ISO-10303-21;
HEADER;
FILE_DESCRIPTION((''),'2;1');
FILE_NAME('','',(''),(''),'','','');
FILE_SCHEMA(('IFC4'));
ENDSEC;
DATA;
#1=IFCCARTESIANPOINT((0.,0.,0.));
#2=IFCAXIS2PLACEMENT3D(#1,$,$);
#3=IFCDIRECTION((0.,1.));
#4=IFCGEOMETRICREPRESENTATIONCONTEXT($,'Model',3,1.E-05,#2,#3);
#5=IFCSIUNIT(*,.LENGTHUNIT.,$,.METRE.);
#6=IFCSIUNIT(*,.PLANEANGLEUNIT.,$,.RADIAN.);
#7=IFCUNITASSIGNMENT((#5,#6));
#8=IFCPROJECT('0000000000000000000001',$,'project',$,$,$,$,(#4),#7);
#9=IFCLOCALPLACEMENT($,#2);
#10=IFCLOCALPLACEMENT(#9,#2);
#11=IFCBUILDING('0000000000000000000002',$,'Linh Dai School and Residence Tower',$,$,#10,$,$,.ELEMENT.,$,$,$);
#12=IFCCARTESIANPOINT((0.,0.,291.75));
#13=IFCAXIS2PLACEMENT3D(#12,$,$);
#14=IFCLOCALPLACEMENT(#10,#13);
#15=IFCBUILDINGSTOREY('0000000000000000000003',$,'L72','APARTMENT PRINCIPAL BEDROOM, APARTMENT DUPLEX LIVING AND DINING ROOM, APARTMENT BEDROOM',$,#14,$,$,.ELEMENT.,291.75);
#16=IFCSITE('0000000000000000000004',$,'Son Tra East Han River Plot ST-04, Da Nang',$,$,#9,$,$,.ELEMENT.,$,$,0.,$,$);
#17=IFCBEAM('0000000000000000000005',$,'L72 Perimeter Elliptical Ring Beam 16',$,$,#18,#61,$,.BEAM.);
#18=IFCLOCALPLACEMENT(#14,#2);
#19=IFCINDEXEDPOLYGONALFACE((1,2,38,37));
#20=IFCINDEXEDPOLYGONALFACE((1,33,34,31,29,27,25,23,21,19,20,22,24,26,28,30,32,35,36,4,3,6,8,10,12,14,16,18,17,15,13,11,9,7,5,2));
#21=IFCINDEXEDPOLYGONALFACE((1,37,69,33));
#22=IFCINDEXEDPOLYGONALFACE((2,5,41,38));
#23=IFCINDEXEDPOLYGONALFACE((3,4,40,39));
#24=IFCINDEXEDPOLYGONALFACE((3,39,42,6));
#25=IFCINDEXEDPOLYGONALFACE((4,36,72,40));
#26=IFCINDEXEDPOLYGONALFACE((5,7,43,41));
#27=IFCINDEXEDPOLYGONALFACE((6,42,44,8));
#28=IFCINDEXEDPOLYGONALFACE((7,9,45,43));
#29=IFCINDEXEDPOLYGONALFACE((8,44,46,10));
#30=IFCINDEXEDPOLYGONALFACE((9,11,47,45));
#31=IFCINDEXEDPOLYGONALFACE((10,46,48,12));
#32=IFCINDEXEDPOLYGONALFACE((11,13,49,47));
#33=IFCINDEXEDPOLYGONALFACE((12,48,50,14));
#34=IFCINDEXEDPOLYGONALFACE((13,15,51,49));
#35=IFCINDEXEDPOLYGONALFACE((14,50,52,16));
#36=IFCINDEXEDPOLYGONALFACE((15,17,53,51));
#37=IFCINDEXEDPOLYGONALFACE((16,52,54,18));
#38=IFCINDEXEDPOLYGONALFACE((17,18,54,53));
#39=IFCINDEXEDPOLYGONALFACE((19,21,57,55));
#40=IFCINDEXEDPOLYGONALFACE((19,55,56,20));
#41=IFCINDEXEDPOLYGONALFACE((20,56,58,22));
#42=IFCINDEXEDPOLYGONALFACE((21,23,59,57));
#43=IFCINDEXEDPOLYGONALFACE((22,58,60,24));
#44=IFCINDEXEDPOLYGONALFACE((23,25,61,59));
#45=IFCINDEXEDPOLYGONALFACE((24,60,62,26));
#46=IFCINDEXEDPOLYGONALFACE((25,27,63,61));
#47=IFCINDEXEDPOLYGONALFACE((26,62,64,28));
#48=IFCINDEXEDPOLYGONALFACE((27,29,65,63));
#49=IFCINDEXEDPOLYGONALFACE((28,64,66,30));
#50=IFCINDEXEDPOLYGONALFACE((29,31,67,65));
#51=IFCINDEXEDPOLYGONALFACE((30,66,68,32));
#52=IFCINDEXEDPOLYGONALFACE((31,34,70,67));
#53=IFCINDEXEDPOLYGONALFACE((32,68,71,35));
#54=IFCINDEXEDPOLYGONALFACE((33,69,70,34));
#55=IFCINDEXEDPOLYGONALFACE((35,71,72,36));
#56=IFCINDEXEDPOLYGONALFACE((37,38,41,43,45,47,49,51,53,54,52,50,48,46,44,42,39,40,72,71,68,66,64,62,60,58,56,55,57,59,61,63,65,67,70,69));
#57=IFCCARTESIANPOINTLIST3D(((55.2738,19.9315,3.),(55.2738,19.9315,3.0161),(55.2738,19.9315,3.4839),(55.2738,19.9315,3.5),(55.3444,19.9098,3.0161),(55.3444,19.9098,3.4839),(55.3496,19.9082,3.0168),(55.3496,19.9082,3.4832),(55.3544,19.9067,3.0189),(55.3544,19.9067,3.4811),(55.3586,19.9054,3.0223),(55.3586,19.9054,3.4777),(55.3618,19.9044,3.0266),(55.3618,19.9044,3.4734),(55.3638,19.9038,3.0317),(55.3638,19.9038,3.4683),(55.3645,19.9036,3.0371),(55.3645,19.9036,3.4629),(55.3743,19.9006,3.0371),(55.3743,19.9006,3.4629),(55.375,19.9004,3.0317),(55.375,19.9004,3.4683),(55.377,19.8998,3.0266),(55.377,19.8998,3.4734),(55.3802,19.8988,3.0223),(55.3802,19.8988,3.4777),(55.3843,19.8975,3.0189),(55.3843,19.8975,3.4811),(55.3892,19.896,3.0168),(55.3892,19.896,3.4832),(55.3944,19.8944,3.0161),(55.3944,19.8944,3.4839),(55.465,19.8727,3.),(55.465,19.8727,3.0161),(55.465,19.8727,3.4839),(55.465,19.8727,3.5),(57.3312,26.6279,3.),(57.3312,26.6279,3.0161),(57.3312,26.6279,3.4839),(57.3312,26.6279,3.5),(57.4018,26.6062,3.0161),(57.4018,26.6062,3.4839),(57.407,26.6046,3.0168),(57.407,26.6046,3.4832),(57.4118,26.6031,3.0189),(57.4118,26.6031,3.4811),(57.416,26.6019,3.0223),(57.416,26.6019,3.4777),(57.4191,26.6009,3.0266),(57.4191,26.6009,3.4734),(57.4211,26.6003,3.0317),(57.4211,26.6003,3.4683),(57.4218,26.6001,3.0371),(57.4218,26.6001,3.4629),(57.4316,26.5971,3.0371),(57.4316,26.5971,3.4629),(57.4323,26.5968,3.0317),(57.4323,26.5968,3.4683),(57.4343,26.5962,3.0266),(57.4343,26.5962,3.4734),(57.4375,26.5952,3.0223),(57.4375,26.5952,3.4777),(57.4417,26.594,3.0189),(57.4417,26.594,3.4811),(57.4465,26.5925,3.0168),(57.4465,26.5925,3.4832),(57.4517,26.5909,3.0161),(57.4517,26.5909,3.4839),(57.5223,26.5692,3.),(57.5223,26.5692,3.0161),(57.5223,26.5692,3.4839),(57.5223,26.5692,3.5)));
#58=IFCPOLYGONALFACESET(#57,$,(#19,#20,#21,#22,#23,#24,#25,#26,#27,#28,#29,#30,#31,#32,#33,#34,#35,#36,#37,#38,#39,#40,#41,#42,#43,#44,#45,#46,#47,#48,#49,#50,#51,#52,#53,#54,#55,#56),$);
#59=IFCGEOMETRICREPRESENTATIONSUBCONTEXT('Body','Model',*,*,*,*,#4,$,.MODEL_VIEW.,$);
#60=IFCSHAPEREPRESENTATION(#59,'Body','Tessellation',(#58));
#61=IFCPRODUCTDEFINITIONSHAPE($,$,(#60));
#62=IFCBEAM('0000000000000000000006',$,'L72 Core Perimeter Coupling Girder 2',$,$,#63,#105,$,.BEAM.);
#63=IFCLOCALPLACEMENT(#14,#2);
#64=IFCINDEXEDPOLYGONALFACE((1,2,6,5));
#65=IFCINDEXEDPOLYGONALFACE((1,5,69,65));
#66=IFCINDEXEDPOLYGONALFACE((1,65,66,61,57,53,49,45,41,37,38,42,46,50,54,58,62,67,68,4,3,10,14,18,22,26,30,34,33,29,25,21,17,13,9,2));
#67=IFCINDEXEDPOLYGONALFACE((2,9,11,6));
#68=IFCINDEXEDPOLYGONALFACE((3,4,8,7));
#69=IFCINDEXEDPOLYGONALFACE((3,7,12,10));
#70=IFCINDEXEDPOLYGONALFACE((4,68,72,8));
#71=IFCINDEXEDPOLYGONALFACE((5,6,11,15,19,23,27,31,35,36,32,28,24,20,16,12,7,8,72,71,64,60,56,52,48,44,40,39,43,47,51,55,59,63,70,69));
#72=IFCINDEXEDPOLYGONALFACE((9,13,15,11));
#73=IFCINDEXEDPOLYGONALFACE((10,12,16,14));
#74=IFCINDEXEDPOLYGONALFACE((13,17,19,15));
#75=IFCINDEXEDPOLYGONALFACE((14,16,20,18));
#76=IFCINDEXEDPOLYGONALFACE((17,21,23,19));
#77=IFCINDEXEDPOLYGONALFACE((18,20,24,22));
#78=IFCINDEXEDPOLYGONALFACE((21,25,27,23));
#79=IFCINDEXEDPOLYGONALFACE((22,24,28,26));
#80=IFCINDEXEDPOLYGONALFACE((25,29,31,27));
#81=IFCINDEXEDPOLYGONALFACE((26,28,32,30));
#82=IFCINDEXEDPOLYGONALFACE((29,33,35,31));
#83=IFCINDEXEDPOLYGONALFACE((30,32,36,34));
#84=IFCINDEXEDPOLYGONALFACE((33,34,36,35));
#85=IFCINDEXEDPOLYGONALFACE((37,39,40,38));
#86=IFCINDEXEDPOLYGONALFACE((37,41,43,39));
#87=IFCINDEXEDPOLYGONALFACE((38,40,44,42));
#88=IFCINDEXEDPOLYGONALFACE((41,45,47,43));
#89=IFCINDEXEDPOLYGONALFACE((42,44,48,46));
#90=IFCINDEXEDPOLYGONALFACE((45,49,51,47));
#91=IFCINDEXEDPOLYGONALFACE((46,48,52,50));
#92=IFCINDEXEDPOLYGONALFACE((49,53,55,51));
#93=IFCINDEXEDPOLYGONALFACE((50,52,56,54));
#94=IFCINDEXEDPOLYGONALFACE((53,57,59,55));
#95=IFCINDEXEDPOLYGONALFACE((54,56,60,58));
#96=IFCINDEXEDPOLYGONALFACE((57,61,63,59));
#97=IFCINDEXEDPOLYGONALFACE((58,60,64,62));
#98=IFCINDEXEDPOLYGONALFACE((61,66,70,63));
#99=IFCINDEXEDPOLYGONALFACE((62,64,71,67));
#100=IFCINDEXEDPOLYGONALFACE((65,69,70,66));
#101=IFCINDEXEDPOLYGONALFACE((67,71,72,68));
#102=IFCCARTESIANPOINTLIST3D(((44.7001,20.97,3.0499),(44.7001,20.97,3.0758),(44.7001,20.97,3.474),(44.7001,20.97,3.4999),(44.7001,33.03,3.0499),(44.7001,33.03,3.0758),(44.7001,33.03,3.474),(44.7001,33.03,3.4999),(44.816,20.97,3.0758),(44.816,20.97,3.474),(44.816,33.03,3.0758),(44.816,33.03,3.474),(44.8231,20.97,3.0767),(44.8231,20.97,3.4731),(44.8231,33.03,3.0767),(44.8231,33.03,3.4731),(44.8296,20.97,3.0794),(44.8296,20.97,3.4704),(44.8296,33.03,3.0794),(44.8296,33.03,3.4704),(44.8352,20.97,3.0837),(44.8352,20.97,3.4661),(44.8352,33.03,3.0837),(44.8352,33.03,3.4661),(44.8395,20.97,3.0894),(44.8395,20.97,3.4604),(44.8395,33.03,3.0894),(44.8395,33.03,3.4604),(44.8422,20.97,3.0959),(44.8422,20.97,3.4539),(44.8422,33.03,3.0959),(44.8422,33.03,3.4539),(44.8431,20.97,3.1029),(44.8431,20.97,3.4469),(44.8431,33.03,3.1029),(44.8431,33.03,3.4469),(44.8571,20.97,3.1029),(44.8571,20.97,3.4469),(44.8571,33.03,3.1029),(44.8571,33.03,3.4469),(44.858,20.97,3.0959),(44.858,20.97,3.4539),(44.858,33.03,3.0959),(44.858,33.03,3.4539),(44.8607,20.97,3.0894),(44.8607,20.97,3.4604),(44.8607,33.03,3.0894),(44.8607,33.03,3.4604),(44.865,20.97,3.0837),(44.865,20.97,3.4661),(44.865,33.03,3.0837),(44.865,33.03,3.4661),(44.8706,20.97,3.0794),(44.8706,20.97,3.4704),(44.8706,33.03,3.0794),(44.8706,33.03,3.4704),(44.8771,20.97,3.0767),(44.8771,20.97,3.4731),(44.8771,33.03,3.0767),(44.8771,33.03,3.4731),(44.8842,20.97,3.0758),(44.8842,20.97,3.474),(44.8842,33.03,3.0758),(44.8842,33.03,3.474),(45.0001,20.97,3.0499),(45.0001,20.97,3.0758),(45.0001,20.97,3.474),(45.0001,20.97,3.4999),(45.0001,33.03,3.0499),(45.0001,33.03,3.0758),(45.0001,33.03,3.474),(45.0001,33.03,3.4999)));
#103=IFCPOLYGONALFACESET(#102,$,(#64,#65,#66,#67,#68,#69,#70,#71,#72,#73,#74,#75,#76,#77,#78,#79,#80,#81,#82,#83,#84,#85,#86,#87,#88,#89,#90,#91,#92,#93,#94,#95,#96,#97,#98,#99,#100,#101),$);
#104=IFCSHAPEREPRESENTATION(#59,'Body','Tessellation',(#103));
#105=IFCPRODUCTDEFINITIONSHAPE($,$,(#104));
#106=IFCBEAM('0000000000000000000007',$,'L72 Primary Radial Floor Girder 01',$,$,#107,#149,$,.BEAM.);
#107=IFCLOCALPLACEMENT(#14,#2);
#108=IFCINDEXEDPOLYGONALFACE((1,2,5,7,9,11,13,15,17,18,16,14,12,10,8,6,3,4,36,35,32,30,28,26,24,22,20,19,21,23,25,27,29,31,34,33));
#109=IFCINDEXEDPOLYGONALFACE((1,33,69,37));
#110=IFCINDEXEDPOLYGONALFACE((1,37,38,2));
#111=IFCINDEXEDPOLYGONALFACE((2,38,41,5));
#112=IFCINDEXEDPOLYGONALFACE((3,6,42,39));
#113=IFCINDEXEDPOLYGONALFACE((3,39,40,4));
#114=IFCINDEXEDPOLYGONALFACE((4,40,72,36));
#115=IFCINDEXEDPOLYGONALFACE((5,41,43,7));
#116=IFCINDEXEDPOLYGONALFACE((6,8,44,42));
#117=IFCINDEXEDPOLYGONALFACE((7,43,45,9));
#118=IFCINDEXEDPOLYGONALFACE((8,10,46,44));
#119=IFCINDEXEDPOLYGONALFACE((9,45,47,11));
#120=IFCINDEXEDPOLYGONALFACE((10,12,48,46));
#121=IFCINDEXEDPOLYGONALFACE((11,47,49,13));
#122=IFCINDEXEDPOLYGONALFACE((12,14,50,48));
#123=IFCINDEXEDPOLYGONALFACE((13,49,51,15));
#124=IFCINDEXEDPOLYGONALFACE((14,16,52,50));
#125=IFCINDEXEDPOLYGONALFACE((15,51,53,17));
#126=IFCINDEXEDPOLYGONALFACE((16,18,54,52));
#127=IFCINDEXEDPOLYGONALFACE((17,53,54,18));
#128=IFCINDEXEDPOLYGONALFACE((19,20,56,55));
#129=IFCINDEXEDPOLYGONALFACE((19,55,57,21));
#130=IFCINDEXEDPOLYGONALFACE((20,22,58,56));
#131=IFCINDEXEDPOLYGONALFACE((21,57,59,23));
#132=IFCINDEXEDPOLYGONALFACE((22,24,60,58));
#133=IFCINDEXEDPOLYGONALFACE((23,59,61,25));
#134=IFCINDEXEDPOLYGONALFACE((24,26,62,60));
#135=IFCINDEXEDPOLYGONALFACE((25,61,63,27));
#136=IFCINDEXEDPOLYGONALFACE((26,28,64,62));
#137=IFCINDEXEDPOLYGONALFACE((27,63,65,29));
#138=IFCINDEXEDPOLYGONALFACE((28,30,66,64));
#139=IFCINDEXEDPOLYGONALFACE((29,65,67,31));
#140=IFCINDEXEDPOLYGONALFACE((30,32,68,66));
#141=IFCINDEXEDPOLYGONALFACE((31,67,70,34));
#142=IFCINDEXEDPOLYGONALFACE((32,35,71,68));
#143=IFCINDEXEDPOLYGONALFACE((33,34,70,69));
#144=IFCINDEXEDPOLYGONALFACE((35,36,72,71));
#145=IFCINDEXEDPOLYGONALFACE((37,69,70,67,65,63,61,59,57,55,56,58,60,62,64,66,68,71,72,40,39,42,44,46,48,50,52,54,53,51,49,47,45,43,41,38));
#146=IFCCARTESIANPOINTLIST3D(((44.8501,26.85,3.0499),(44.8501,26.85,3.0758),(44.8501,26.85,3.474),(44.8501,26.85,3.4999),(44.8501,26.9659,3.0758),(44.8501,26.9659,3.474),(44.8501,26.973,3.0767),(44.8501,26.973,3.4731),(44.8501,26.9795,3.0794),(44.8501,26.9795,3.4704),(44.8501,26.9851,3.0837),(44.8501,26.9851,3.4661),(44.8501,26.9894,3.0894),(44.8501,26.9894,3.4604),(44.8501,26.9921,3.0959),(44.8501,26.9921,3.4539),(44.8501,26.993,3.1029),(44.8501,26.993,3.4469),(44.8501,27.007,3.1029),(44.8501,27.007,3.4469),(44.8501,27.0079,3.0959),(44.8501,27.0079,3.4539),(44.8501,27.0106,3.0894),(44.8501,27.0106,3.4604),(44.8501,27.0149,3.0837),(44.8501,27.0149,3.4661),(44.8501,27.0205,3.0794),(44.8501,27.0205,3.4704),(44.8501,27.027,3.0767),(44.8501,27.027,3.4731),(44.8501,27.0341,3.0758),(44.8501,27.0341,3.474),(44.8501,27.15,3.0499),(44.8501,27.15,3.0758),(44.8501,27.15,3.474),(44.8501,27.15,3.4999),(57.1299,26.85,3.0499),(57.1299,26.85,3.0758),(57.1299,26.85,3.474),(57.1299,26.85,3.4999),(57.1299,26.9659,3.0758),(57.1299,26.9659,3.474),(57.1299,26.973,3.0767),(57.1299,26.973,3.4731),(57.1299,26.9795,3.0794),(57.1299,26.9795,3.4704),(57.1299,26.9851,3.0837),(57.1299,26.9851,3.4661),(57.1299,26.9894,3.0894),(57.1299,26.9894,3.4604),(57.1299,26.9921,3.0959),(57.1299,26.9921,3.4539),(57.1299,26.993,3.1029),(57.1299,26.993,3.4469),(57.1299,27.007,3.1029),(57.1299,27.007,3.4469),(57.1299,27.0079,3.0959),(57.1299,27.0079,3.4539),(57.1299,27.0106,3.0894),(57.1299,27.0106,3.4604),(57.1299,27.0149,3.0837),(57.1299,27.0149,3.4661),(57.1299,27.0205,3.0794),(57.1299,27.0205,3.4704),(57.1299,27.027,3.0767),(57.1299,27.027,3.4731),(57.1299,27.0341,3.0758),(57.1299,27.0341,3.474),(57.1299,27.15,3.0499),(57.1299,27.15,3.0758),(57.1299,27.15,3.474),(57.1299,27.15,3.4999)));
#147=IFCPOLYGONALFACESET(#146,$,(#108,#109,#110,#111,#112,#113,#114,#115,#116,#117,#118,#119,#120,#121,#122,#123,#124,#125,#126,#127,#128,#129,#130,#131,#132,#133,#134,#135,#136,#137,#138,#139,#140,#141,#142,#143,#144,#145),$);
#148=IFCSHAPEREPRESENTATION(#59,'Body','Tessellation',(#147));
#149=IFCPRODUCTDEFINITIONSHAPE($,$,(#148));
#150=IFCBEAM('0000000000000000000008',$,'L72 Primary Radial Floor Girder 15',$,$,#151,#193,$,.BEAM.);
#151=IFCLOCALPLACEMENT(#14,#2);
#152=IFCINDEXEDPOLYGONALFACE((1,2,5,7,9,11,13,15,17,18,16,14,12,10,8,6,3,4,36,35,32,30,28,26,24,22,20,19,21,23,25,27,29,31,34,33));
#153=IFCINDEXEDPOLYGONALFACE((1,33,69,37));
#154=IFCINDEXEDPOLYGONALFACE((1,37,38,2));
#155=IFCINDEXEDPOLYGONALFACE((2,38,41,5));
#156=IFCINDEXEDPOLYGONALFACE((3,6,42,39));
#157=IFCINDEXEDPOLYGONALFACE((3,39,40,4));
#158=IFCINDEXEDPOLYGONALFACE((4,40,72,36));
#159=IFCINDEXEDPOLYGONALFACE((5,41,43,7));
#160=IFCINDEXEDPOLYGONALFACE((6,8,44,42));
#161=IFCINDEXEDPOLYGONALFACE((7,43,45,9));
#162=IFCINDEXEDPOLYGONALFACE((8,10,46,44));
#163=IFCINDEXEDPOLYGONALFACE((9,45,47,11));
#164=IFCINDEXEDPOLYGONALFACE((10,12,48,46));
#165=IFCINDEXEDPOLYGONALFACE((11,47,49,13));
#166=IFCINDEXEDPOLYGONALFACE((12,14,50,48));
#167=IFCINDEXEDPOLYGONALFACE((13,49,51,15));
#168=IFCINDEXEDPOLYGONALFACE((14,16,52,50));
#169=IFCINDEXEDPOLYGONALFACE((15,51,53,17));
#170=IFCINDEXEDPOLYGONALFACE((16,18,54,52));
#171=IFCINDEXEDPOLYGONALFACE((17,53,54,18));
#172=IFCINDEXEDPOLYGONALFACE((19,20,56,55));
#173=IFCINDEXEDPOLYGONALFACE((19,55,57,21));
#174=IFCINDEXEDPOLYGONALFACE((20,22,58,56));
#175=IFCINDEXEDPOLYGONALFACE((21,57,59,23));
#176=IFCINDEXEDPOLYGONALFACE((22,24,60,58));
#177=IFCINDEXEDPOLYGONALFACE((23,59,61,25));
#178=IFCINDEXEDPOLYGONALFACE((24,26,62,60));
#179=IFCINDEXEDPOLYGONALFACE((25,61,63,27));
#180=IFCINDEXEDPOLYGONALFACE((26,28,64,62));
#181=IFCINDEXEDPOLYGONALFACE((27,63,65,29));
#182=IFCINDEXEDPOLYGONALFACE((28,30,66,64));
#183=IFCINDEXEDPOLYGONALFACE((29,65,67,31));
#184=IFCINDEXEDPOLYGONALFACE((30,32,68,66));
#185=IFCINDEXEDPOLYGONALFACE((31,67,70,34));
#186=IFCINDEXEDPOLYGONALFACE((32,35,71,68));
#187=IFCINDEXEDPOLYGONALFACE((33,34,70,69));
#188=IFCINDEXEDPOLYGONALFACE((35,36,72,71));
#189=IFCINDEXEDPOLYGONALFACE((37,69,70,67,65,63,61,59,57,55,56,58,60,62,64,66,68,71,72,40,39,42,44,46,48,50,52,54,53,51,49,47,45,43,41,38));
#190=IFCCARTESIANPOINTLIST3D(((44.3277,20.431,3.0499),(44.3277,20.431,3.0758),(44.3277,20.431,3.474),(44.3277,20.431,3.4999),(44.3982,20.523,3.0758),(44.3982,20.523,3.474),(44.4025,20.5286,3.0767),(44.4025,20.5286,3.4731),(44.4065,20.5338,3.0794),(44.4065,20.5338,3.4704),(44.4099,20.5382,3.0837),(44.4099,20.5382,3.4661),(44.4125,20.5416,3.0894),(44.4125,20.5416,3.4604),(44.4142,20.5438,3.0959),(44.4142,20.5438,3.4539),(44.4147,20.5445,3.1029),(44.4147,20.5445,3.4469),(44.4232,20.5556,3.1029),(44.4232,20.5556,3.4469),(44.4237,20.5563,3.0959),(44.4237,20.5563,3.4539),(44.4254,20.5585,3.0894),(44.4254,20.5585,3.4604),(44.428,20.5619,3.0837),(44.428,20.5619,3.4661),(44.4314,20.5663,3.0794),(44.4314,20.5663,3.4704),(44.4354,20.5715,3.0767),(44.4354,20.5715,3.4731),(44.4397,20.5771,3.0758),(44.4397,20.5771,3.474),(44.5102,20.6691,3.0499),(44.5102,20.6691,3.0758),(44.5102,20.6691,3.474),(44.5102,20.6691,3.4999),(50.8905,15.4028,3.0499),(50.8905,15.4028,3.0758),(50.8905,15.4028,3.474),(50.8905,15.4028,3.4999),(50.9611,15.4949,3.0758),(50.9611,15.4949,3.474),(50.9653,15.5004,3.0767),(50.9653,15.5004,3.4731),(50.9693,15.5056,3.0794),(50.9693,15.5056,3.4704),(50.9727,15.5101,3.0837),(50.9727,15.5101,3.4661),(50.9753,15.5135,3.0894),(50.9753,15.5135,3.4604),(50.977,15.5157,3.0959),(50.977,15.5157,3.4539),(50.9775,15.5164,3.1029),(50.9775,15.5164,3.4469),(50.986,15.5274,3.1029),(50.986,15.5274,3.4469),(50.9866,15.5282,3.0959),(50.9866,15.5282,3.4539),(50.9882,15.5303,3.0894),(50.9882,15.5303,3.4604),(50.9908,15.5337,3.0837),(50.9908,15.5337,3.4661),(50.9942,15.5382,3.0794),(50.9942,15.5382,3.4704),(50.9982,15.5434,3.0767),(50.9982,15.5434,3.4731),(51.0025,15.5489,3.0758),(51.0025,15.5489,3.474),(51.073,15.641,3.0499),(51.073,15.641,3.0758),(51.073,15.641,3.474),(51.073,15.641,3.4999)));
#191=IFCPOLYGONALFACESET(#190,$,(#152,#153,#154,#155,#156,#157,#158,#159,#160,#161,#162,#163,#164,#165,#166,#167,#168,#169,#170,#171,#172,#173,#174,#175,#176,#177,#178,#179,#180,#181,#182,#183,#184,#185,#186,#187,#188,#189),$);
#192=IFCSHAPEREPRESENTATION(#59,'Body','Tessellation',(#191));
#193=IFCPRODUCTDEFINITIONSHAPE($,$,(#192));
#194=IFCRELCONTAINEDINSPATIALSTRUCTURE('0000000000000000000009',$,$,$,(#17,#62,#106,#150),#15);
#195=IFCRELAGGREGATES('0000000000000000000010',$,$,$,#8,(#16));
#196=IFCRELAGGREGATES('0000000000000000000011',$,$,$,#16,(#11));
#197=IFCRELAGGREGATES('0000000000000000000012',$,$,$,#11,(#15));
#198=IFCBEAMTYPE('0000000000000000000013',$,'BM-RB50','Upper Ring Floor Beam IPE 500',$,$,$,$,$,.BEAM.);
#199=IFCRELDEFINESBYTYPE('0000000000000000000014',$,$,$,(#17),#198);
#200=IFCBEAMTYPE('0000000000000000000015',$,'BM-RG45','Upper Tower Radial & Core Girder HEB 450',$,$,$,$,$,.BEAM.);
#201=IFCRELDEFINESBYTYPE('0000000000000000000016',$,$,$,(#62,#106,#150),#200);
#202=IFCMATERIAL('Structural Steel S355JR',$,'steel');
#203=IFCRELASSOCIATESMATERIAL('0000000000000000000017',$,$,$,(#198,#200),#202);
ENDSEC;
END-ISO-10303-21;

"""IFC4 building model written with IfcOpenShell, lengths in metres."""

from ifc_helpers import new_model, si_unit, direction, frame, origin, origin_2d, place, context, subcontext, project, spatial, i_section, extrude, material, material_profile, profile_set, type_object, element, save


model = new_model("IFC4")

# Units and contexts
model_context = context("Model", 3, precision=1e-05, world=origin(), true_north=direction((0.0, 1.0)))
body_context = subcontext(model_context, "Body", "Model", "MODEL_VIEW")
ifc_project = project(units=[si_unit("LENGTHUNIT", "METRE"), si_unit("PLANEANGLEUNIT", "RADIAN")], contexts=[model_context])

# Site, building, storey
site_placement = place(None, origin())
site = spatial("IfcSite", under=ifc_project, at=site_placement, Name="Son Tra East Han River Plot ST-04, Da Nang", CompositionType="ELEMENT", RefElevation=0.0)
building_placement = place(site_placement, origin())
building = spatial("IfcBuilding", under=site, at=building_placement, Name="Linh Dai School and Residence Tower", CompositionType="ELEMENT")
storey_placement = place(building_placement, frame((0.0, 0.0, 291.75)))
storey = spatial("IfcBuildingStorey", under=building, at=storey_placement, Name="L72", Description="APARTMENT PRINCIPAL BEDROOM, APARTMENT DUPLEX LIVING AND DINING ROOM, APARTMENT BEDROOM", CompositionType="ELEMENT", Elevation=291.75)

# Shared definitions
ifc_material_1 = material(Name="Structural Steel S355JR", Category="steel")

# Beams
ifc_material_profile_1 = material_profile(ifc_material_1, i_section(OverallWidth=0.2, OverallDepth=0.5, WebThickness=0.0103, FlangeThickness=0.0161, FilletRadius=0.021, at=origin_2d()), Name="IPE 500")
ifc_profile_set_1 = profile_set([ifc_material_profile_1], Name="Structural Steel S355JR")
beam_type_1 = type_object("IfcBeamType", Name="BM-RB50", Description="Upper Ring Floor Beam IPE 500", PredefinedType="BEAM", material=ifc_profile_set_1)
beam_1_placement = place(storey_placement, frame((55.3694, 19.9021, 3.25), z_axis=(0.293682, 0.955903, 0.0), x_axis=(-0.955903, 0.293682, 0.0)))
element("IfcBeam", 1, at=beam_1_placement, inside=storey, type_object=beam_type_1, Name="L72 Perimeter Elliptical Ring Beam 16", PredefinedType="BEAM", context=body_context, shape_type="SweptSolid", body=[
    extrude(i_section(OverallWidth=0.2, OverallDepth=0.5, WebThickness=0.0103, FlangeThickness=0.0161, FilletRadius=0.021, at=origin_2d()), origin(), (0.0, 0.0, 1.0), 7.0054),
])
ifc_material_profile_2 = material_profile(ifc_material_1, i_section(OverallWidth=0.3, OverallDepth=0.45, WebThickness=0.0139, FlangeThickness=0.0259, FilletRadius=0.0271, at=origin_2d()), Name="HEB 450")
ifc_profile_set_2 = profile_set([ifc_material_profile_2], Name="Structural Steel S355JR")
beam_type_2 = type_object("IfcBeamType", Name="BM-RG45", Description="Upper Tower Radial & Core Girder HEB 450", PredefinedType="BEAM", material=ifc_profile_set_2)
beam_2_placement = place(storey_placement, frame((44.8501, 20.97, 3.2749), z_axis=(0.0, 1.0, 0.0), x_axis=(-1.0, 0.0, 0.0)))
element("IfcBeam", 2, at=beam_2_placement, inside=storey, type_object=beam_type_2, Name="L72 Core Perimeter Coupling Girder 2", PredefinedType="BEAM", context=body_context, shape_type="SweptSolid", body=[
    extrude(i_section(OverallWidth=0.3, OverallDepth=0.45, WebThickness=0.0139, FlangeThickness=0.0259, FilletRadius=0.0271, at=origin_2d()), origin(), (0.0, 0.0, 1.0), 12.0601),
])
beam_3_placement = place(storey_placement, frame((44.8501, 27.0, 3.2749), z_axis=(1.0, 0.0, 0.0), x_axis=(0.0, 1.0, 0.0)))
element("IfcBeam", 3, at=beam_3_placement, inside=storey, type_object=beam_type_2, Name="L72 Primary Radial Floor Girder 01", PredefinedType="BEAM", context=body_context, shape_type="SweptSolid", body=[
    extrude(i_section(OverallWidth=0.3, OverallDepth=0.45, WebThickness=0.0139, FlangeThickness=0.0259, FilletRadius=0.0271, at=origin_2d()), origin(), (0.0, 0.0, 1.0), 12.2798),
])
beam_4_placement = place(storey_placement, frame((44.4189, 20.55, 3.2749), z_axis=(0.793803, -0.608175, 0.0), x_axis=(0.608175, 0.793803, 0.0)))
element("IfcBeam", 4, at=beam_4_placement, inside=storey, type_object=beam_type_2, Name="L72 Primary Radial Floor Girder 15", PredefinedType="BEAM", context=body_context, shape_type="SweptSolid", body=[
    extrude(i_section(OverallWidth=0.3, OverallDepth=0.45, WebThickness=0.0139, FlangeThickness=0.0259, FilletRadius=0.0271, at=origin_2d()), origin(), (0.0, 0.0, 1.0), 8.2676),
])

save(model, "model.ifc")
